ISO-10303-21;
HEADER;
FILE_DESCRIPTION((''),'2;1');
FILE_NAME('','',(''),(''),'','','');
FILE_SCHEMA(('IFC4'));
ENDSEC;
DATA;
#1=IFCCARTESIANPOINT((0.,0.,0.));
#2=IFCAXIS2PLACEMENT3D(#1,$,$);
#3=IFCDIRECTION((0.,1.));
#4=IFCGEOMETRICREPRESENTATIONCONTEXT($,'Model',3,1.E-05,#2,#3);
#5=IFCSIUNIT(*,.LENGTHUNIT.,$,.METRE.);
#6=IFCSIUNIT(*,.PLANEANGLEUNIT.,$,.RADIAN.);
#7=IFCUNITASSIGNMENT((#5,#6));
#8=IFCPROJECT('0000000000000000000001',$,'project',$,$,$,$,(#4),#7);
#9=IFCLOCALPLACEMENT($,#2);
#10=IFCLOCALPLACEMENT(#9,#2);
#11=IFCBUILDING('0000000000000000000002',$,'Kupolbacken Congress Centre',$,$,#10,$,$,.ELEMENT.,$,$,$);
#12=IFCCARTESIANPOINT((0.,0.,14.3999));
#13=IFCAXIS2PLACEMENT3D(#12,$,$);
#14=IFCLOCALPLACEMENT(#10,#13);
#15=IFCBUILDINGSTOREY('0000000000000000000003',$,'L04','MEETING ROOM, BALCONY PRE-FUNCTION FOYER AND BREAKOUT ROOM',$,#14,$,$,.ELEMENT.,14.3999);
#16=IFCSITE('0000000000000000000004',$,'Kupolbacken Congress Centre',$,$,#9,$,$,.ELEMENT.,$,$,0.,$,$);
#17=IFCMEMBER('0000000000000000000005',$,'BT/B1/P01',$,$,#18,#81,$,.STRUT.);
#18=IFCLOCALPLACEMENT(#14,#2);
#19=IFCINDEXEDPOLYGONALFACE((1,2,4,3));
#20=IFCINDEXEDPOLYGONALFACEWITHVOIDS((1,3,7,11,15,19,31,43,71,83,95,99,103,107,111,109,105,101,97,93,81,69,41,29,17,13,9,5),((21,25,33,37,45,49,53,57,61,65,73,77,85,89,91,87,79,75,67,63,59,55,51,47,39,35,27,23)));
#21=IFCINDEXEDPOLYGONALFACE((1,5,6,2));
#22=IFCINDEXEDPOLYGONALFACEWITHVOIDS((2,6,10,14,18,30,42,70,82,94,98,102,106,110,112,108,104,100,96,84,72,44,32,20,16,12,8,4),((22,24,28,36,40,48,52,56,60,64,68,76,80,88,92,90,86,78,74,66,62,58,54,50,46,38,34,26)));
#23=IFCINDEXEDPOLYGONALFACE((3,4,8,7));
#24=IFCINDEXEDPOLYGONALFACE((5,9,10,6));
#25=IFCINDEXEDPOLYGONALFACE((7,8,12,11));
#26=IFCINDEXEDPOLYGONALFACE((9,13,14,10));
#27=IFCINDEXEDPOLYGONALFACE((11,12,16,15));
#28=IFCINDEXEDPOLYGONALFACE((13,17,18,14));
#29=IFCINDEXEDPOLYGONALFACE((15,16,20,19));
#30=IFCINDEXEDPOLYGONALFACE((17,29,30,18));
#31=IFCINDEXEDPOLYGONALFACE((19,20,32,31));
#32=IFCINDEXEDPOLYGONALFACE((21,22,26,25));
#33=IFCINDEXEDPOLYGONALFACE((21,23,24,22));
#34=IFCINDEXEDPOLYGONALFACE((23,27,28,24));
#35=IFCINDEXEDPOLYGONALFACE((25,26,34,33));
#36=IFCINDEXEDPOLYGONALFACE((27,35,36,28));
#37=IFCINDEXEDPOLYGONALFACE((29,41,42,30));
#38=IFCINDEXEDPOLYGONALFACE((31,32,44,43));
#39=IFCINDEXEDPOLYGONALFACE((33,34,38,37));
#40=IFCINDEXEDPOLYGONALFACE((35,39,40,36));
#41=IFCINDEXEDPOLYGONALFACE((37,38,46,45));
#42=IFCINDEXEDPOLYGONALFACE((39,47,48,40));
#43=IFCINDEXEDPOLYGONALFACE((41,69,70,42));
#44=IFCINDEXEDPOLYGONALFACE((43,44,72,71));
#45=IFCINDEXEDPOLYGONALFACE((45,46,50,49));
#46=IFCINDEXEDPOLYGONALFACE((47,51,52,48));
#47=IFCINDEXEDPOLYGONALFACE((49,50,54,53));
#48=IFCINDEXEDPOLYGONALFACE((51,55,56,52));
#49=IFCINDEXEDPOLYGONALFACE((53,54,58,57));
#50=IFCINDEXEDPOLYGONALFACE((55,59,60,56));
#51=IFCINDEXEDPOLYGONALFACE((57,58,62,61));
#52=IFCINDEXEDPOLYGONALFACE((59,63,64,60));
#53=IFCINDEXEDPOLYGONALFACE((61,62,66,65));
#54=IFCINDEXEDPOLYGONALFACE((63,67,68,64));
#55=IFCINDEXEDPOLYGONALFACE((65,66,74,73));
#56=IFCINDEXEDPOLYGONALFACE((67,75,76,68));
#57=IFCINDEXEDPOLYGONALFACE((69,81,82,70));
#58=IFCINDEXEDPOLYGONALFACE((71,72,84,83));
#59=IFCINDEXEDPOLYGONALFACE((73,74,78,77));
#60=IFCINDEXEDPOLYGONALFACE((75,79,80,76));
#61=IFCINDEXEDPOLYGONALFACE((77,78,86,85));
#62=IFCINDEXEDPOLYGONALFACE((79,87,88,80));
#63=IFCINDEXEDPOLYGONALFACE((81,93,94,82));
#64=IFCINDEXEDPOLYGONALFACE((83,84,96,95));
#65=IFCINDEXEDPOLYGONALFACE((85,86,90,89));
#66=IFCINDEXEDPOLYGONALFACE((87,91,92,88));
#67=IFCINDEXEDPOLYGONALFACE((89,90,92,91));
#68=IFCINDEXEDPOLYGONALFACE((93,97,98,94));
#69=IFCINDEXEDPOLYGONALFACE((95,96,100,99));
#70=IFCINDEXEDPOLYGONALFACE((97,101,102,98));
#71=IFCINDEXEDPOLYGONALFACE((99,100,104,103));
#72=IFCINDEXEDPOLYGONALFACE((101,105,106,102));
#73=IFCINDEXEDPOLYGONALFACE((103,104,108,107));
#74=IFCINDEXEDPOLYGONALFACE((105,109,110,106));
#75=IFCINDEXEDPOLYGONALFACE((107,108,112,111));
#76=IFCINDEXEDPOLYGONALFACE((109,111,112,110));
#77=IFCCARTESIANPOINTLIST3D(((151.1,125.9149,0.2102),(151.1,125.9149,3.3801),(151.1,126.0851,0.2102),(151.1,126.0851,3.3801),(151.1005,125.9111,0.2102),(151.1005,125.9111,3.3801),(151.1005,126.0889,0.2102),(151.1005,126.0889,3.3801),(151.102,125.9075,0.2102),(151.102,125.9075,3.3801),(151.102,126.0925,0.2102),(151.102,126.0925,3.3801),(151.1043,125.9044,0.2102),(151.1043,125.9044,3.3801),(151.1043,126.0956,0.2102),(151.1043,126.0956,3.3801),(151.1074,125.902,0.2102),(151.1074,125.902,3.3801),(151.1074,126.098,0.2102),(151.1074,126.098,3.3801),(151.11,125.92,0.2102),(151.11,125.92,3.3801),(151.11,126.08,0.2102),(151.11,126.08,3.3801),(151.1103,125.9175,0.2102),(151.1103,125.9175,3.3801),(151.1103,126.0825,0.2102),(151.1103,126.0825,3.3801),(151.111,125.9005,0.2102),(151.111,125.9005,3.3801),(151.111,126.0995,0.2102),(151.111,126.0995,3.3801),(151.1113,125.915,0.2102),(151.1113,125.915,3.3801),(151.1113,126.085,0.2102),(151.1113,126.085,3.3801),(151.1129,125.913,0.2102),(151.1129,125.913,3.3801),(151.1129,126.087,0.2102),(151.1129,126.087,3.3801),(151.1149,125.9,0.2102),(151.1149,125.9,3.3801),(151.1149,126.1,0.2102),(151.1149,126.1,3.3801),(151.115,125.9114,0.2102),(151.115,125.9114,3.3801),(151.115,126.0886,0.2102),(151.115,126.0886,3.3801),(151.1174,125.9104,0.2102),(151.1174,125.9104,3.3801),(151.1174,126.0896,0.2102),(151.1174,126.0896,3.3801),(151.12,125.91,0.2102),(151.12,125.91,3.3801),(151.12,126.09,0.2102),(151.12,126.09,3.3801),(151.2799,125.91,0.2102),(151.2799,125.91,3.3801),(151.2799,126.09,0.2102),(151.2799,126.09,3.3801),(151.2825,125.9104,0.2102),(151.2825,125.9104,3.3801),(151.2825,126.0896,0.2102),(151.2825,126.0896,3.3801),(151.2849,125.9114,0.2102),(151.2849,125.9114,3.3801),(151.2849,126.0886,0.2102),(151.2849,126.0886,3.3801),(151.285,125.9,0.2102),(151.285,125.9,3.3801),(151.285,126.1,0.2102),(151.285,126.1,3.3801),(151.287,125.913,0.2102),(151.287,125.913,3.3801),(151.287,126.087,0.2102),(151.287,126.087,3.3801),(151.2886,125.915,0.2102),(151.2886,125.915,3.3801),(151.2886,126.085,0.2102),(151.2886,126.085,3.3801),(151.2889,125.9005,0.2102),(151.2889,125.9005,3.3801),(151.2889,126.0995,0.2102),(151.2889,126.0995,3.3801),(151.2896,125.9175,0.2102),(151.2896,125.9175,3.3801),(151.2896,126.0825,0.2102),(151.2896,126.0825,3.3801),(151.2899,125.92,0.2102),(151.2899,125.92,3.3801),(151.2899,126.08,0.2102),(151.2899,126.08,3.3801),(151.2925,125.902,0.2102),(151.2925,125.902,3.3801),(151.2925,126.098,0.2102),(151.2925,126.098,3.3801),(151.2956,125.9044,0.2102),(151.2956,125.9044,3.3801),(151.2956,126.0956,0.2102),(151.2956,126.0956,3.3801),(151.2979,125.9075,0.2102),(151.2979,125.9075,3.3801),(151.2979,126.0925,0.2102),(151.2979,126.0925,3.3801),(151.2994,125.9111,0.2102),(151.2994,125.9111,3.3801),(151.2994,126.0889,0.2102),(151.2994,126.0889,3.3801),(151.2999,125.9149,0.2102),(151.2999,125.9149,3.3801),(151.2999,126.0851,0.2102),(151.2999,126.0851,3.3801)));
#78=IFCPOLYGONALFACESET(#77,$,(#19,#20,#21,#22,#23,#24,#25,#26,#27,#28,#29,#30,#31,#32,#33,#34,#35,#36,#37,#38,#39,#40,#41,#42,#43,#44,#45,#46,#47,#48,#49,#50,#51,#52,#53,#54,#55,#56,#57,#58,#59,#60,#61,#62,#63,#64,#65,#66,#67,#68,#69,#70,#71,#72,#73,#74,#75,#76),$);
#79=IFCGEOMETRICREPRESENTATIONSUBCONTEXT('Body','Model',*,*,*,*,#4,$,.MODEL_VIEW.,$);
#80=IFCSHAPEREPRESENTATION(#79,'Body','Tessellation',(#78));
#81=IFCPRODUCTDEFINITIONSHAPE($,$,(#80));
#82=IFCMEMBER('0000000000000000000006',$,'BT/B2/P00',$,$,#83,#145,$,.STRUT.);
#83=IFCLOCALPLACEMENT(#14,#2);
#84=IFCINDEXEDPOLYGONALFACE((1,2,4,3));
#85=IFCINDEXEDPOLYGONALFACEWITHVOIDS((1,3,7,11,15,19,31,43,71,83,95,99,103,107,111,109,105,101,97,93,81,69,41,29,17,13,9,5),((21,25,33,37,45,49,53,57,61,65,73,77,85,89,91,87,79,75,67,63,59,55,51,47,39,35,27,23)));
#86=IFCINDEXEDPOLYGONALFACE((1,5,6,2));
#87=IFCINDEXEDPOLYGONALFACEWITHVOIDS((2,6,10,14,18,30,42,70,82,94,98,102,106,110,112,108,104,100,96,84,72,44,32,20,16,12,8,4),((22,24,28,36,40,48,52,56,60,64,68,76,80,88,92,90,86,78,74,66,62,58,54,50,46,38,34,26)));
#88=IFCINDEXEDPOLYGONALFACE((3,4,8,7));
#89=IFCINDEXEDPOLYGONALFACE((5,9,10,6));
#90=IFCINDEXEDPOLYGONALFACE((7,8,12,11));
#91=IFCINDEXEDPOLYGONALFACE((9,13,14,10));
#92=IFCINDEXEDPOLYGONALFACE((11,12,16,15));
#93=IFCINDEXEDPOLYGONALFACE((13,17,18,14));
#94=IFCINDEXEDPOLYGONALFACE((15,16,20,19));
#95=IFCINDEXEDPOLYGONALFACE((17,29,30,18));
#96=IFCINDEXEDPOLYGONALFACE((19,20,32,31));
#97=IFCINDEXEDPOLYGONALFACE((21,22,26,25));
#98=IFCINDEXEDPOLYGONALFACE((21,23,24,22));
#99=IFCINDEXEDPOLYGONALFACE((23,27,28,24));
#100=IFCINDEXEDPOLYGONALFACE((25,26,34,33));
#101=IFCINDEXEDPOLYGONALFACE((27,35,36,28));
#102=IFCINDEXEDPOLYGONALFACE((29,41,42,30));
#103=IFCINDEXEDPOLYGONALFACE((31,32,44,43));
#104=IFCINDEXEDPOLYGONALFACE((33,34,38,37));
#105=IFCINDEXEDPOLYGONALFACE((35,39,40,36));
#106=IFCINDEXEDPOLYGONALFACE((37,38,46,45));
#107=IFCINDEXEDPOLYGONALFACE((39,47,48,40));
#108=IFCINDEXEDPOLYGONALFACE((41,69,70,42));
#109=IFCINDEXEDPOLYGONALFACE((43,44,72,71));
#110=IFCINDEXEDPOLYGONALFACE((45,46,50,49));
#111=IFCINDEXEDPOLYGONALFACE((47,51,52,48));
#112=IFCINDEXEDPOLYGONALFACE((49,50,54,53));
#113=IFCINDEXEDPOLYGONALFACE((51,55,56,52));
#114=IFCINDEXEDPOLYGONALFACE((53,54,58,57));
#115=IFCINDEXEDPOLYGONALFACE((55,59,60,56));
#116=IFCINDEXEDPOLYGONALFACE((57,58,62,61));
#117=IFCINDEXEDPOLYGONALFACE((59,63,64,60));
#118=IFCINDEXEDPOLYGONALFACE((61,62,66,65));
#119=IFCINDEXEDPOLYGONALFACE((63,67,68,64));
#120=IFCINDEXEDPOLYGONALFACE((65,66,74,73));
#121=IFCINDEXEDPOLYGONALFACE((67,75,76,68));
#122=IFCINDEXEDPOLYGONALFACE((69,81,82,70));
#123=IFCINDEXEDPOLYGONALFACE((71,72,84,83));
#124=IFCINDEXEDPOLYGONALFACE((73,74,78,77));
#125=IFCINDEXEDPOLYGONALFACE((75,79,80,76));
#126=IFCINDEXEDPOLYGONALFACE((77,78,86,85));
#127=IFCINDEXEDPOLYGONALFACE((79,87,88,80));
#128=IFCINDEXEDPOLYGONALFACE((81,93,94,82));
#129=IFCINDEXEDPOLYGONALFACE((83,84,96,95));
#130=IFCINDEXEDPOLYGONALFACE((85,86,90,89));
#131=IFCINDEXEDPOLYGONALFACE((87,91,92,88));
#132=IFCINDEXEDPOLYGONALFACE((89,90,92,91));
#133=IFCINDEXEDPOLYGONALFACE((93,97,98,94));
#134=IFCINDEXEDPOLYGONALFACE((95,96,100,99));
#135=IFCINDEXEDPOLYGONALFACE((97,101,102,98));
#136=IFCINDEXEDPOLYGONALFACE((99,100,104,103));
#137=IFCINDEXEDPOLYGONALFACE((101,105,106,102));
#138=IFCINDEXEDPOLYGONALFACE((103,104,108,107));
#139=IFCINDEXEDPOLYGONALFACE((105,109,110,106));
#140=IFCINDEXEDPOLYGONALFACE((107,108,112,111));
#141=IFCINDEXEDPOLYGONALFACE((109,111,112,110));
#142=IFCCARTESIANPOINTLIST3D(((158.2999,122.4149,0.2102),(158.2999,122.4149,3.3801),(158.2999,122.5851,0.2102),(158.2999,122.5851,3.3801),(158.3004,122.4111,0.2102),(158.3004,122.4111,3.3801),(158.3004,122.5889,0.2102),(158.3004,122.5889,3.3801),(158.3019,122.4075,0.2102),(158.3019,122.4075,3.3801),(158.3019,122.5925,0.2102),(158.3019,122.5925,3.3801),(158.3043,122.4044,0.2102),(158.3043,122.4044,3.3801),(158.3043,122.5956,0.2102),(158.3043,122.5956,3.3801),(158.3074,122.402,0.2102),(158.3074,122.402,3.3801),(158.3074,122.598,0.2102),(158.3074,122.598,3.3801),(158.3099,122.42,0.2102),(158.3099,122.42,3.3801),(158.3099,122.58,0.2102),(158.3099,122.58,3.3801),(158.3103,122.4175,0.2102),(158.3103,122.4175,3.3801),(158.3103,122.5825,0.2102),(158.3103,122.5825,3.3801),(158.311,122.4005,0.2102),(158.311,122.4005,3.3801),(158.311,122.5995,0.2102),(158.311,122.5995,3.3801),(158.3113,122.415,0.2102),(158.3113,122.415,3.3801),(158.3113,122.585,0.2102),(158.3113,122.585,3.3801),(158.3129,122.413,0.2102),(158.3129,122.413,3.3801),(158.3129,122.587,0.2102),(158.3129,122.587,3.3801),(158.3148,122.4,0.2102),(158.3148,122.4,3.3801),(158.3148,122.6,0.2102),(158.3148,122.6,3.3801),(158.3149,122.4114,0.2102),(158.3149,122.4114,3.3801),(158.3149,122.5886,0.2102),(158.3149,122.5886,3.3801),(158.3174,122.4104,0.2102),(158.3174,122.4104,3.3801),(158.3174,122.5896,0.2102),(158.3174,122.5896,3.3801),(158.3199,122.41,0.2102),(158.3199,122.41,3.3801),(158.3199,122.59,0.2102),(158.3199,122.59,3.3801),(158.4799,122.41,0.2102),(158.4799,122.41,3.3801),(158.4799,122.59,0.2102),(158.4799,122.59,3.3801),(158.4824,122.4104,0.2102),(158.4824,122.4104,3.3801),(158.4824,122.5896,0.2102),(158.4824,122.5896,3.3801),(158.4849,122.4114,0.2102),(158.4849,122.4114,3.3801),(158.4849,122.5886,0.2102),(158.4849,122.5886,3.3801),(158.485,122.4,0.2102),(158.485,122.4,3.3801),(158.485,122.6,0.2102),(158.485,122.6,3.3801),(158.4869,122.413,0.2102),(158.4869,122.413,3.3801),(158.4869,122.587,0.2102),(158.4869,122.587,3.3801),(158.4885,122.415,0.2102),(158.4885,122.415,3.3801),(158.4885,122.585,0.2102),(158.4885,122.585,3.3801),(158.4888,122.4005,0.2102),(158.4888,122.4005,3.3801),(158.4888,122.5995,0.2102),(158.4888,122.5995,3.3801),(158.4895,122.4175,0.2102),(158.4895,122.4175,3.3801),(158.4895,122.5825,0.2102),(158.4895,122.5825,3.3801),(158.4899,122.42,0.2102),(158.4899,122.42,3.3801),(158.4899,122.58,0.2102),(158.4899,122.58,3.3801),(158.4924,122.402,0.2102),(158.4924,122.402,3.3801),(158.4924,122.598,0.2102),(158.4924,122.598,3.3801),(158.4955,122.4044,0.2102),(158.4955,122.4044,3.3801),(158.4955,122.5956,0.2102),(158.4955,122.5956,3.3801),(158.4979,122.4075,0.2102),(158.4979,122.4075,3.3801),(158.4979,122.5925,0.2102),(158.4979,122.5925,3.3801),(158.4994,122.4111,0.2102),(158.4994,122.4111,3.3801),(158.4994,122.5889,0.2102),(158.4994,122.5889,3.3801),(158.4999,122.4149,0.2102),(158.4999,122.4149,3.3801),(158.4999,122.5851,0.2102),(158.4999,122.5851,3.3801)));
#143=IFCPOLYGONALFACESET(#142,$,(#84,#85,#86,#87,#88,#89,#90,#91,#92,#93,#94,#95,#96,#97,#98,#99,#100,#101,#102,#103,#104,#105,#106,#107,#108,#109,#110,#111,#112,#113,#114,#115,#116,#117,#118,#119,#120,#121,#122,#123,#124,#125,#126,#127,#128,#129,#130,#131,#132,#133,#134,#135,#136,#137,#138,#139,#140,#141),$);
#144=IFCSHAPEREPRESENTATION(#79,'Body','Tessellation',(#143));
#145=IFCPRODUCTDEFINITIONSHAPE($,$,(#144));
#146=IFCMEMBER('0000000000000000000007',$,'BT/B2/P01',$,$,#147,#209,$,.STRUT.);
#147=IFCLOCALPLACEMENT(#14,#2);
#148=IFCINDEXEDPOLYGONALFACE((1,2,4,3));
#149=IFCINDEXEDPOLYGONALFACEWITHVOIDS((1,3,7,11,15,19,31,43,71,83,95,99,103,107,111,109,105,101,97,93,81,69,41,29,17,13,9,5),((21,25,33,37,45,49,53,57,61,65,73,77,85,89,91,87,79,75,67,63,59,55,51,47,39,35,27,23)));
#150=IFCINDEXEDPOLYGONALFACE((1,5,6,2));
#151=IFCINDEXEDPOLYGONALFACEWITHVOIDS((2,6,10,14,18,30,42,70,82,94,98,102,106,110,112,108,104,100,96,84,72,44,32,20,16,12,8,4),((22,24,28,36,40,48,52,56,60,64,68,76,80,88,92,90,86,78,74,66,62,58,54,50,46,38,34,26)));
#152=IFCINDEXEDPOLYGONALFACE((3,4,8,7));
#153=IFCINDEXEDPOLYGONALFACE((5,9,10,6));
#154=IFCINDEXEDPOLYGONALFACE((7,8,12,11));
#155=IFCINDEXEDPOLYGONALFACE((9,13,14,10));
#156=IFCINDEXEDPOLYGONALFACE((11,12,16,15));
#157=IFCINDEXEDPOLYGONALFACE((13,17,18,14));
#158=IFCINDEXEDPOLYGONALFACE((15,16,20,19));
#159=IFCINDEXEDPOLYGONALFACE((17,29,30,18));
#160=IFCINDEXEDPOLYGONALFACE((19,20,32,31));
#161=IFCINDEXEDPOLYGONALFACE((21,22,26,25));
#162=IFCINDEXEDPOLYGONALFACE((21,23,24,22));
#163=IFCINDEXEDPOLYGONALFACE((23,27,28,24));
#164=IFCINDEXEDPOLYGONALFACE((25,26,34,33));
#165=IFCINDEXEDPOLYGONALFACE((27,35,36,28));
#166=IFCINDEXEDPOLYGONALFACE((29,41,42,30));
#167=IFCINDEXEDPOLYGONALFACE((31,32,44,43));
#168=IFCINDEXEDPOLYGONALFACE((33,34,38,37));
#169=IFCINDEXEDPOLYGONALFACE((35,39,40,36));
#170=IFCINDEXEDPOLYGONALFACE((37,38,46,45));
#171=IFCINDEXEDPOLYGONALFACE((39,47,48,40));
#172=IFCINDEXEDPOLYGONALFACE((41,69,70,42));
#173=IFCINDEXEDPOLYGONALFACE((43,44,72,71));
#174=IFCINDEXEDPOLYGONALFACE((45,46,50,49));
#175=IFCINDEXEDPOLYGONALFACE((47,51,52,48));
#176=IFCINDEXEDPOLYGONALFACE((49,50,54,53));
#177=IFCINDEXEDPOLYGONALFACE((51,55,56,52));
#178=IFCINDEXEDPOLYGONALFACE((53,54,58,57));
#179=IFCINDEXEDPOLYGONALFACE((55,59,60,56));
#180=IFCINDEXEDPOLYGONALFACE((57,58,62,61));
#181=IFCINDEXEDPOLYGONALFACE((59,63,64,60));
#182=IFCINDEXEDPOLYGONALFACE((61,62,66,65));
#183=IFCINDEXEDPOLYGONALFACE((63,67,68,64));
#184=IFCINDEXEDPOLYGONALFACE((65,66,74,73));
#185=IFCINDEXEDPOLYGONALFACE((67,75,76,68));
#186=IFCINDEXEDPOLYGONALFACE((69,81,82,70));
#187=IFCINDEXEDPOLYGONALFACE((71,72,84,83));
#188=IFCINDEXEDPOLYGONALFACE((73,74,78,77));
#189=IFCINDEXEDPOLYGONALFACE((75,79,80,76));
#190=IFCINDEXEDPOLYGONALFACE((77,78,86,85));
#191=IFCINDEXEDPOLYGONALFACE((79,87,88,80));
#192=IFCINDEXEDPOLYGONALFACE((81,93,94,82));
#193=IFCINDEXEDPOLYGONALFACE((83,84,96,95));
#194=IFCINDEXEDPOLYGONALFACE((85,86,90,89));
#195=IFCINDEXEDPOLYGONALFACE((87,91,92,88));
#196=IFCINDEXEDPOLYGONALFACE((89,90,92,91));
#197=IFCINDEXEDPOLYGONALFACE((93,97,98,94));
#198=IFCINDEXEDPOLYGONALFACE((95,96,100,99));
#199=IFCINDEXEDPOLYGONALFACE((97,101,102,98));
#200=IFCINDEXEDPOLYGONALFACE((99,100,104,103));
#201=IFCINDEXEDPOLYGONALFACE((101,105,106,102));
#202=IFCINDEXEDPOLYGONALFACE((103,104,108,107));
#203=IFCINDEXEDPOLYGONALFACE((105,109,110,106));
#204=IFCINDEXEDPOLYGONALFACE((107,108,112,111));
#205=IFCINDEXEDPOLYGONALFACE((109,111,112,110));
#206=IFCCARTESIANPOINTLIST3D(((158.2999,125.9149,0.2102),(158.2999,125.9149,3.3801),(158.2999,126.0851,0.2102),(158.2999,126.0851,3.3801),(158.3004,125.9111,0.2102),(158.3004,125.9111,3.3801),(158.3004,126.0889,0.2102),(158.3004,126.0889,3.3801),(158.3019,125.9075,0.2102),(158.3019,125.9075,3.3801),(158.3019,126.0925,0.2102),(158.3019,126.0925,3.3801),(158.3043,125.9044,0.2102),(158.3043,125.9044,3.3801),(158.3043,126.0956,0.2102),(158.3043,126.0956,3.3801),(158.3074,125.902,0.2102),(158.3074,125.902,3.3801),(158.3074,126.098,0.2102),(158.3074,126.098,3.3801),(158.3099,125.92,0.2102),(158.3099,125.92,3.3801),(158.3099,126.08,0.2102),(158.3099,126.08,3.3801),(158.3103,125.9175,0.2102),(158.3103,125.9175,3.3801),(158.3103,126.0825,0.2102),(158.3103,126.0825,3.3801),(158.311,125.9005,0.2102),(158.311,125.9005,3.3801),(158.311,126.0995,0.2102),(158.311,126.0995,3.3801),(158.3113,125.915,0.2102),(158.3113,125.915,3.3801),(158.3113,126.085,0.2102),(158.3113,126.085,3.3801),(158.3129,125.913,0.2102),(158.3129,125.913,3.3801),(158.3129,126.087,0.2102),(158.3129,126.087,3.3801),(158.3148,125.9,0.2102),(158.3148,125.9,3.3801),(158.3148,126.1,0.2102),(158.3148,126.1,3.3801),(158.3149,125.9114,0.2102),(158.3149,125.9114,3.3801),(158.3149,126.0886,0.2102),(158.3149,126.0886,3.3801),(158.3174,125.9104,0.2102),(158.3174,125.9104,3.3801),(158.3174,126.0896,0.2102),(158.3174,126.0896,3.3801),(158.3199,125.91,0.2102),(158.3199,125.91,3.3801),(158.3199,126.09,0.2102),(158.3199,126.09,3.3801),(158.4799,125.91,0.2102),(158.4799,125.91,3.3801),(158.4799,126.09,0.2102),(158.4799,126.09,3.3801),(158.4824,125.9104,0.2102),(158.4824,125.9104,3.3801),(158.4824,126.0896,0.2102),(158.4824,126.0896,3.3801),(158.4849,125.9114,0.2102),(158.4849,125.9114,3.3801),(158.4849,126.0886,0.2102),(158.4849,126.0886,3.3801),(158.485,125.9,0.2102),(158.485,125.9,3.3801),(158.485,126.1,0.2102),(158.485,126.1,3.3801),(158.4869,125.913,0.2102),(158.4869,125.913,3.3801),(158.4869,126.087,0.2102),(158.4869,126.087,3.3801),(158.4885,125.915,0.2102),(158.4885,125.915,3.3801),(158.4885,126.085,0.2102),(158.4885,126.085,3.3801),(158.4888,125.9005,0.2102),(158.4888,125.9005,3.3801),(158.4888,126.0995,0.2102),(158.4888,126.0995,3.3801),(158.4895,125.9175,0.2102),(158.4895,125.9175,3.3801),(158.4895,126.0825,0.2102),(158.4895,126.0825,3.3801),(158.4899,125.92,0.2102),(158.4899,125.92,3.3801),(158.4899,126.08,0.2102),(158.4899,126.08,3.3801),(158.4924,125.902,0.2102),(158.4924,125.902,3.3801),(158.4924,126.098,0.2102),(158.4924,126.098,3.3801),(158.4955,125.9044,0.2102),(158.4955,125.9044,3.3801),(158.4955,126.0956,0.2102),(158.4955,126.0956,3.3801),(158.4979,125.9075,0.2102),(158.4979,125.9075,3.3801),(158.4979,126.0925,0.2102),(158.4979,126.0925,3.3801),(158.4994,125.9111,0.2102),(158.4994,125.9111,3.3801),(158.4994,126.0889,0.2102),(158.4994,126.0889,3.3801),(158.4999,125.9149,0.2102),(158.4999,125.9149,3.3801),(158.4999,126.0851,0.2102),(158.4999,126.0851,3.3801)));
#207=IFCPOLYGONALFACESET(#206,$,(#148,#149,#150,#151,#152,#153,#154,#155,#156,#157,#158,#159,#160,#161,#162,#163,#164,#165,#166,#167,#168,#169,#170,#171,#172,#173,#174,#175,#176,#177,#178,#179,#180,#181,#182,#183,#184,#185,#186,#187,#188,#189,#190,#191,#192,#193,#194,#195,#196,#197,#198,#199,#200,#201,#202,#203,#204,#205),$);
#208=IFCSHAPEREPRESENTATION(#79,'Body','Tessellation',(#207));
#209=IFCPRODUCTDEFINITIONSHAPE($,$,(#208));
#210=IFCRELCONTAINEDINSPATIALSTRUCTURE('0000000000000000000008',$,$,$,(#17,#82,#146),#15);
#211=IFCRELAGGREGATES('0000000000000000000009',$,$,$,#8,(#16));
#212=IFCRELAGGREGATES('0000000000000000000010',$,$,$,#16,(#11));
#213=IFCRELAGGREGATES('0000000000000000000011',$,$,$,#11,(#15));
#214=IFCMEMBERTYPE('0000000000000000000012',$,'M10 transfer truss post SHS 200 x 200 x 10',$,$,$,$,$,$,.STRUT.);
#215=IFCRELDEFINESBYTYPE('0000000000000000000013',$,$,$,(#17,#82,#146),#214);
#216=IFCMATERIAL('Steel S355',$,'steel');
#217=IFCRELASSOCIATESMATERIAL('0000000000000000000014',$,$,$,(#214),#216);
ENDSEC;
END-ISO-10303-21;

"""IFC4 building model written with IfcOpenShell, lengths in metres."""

from ifc_helpers import new_model, si_unit, direction, frame, origin, origin_2d, place, context, subcontext, project, spatial, hollow_rectangle, extrude, material, material_profile, profile_set, type_object, element, save


model = new_model("IFC4")

# Units and contexts
model_context = context("Model", 3, precision=1e-05, world=origin(), true_north=direction((0.0, 1.0)))
body_context = subcontext(model_context, "Body", "Model", "MODEL_VIEW")
ifc_project = project(units=[si_unit("LENGTHUNIT", "METRE"), si_unit("PLANEANGLEUNIT", "RADIAN")], contexts=[model_context])

# Site, building, storey
site_placement = place(None, origin())
site = spatial("IfcSite", under=ifc_project, at=site_placement, Name="Kupolbacken Congress Centre", CompositionType="ELEMENT", RefElevation=0.0)
building_placement = place(site_placement, origin())
building = spatial("IfcBuilding", under=site, at=building_placement, Name="Kupolbacken Congress Centre", CompositionType="ELEMENT")
storey_placement = place(building_placement, frame((0.0, 0.0, 14.3999)))
storey = spatial("IfcBuildingStorey", under=building, at=storey_placement, Name="L04", Description="MEETING ROOM, BALCONY PRE-FUNCTION FOYER AND BREAKOUT ROOM", CompositionType="ELEMENT", Elevation=14.3999)

# Members
ifc_material_1 = material(Name="Steel S355", Category="steel")
ifc_material_profile_1 = material_profile(ifc_material_1, hollow_rectangle(XDim=0.2, YDim=0.2, WallThickness=0.01, InnerFilletRadius=0.01, OuterFilletRadius=0.0149, at=origin_2d()), Name="SHS 200 x 200 x 10")
ifc_profile_set_1 = profile_set([ifc_material_profile_1], Name="Steel S355")
member_type_1 = type_object("IfcMemberType", Name="M10 transfer truss post SHS 200 x 200 x 10", PredefinedType="STRUT", material=ifc_profile_set_1)
for number, where, z_axis, x_axis, name in (
    (1, (151.2, 126.0, 0.2102), (0.0, 0.0, 1.0), (0.0, 1.0, 0.0), "BT/B1/P01"),
    (2, (158.3999, 122.5, 0.2102), (0.0, 0.0, 1.0), (0.0, 1.0, 0.0), "BT/B2/P00"),
    (3, (158.3999, 126.0, 0.2102), (0.0, 0.0, 1.0), (0.0, 1.0, 0.0), "BT/B2/P01"),
):
    element("IfcMember", number, at=place(storey_placement, frame(where, z_axis=z_axis, x_axis=x_axis)), inside=storey, type_object=member_type_1, Name=name, PredefinedType="STRUT", context=body_context, shape_type="SweptSolid", body=[
        extrude(hollow_rectangle(XDim=0.2, YDim=0.2, WallThickness=0.01, InnerFilletRadius=0.01, OuterFilletRadius=0.0149, at=origin_2d()), origin(), (0.0, 0.0, 1.0), 3.1699),
    ])

save(model, "model.ifc")
